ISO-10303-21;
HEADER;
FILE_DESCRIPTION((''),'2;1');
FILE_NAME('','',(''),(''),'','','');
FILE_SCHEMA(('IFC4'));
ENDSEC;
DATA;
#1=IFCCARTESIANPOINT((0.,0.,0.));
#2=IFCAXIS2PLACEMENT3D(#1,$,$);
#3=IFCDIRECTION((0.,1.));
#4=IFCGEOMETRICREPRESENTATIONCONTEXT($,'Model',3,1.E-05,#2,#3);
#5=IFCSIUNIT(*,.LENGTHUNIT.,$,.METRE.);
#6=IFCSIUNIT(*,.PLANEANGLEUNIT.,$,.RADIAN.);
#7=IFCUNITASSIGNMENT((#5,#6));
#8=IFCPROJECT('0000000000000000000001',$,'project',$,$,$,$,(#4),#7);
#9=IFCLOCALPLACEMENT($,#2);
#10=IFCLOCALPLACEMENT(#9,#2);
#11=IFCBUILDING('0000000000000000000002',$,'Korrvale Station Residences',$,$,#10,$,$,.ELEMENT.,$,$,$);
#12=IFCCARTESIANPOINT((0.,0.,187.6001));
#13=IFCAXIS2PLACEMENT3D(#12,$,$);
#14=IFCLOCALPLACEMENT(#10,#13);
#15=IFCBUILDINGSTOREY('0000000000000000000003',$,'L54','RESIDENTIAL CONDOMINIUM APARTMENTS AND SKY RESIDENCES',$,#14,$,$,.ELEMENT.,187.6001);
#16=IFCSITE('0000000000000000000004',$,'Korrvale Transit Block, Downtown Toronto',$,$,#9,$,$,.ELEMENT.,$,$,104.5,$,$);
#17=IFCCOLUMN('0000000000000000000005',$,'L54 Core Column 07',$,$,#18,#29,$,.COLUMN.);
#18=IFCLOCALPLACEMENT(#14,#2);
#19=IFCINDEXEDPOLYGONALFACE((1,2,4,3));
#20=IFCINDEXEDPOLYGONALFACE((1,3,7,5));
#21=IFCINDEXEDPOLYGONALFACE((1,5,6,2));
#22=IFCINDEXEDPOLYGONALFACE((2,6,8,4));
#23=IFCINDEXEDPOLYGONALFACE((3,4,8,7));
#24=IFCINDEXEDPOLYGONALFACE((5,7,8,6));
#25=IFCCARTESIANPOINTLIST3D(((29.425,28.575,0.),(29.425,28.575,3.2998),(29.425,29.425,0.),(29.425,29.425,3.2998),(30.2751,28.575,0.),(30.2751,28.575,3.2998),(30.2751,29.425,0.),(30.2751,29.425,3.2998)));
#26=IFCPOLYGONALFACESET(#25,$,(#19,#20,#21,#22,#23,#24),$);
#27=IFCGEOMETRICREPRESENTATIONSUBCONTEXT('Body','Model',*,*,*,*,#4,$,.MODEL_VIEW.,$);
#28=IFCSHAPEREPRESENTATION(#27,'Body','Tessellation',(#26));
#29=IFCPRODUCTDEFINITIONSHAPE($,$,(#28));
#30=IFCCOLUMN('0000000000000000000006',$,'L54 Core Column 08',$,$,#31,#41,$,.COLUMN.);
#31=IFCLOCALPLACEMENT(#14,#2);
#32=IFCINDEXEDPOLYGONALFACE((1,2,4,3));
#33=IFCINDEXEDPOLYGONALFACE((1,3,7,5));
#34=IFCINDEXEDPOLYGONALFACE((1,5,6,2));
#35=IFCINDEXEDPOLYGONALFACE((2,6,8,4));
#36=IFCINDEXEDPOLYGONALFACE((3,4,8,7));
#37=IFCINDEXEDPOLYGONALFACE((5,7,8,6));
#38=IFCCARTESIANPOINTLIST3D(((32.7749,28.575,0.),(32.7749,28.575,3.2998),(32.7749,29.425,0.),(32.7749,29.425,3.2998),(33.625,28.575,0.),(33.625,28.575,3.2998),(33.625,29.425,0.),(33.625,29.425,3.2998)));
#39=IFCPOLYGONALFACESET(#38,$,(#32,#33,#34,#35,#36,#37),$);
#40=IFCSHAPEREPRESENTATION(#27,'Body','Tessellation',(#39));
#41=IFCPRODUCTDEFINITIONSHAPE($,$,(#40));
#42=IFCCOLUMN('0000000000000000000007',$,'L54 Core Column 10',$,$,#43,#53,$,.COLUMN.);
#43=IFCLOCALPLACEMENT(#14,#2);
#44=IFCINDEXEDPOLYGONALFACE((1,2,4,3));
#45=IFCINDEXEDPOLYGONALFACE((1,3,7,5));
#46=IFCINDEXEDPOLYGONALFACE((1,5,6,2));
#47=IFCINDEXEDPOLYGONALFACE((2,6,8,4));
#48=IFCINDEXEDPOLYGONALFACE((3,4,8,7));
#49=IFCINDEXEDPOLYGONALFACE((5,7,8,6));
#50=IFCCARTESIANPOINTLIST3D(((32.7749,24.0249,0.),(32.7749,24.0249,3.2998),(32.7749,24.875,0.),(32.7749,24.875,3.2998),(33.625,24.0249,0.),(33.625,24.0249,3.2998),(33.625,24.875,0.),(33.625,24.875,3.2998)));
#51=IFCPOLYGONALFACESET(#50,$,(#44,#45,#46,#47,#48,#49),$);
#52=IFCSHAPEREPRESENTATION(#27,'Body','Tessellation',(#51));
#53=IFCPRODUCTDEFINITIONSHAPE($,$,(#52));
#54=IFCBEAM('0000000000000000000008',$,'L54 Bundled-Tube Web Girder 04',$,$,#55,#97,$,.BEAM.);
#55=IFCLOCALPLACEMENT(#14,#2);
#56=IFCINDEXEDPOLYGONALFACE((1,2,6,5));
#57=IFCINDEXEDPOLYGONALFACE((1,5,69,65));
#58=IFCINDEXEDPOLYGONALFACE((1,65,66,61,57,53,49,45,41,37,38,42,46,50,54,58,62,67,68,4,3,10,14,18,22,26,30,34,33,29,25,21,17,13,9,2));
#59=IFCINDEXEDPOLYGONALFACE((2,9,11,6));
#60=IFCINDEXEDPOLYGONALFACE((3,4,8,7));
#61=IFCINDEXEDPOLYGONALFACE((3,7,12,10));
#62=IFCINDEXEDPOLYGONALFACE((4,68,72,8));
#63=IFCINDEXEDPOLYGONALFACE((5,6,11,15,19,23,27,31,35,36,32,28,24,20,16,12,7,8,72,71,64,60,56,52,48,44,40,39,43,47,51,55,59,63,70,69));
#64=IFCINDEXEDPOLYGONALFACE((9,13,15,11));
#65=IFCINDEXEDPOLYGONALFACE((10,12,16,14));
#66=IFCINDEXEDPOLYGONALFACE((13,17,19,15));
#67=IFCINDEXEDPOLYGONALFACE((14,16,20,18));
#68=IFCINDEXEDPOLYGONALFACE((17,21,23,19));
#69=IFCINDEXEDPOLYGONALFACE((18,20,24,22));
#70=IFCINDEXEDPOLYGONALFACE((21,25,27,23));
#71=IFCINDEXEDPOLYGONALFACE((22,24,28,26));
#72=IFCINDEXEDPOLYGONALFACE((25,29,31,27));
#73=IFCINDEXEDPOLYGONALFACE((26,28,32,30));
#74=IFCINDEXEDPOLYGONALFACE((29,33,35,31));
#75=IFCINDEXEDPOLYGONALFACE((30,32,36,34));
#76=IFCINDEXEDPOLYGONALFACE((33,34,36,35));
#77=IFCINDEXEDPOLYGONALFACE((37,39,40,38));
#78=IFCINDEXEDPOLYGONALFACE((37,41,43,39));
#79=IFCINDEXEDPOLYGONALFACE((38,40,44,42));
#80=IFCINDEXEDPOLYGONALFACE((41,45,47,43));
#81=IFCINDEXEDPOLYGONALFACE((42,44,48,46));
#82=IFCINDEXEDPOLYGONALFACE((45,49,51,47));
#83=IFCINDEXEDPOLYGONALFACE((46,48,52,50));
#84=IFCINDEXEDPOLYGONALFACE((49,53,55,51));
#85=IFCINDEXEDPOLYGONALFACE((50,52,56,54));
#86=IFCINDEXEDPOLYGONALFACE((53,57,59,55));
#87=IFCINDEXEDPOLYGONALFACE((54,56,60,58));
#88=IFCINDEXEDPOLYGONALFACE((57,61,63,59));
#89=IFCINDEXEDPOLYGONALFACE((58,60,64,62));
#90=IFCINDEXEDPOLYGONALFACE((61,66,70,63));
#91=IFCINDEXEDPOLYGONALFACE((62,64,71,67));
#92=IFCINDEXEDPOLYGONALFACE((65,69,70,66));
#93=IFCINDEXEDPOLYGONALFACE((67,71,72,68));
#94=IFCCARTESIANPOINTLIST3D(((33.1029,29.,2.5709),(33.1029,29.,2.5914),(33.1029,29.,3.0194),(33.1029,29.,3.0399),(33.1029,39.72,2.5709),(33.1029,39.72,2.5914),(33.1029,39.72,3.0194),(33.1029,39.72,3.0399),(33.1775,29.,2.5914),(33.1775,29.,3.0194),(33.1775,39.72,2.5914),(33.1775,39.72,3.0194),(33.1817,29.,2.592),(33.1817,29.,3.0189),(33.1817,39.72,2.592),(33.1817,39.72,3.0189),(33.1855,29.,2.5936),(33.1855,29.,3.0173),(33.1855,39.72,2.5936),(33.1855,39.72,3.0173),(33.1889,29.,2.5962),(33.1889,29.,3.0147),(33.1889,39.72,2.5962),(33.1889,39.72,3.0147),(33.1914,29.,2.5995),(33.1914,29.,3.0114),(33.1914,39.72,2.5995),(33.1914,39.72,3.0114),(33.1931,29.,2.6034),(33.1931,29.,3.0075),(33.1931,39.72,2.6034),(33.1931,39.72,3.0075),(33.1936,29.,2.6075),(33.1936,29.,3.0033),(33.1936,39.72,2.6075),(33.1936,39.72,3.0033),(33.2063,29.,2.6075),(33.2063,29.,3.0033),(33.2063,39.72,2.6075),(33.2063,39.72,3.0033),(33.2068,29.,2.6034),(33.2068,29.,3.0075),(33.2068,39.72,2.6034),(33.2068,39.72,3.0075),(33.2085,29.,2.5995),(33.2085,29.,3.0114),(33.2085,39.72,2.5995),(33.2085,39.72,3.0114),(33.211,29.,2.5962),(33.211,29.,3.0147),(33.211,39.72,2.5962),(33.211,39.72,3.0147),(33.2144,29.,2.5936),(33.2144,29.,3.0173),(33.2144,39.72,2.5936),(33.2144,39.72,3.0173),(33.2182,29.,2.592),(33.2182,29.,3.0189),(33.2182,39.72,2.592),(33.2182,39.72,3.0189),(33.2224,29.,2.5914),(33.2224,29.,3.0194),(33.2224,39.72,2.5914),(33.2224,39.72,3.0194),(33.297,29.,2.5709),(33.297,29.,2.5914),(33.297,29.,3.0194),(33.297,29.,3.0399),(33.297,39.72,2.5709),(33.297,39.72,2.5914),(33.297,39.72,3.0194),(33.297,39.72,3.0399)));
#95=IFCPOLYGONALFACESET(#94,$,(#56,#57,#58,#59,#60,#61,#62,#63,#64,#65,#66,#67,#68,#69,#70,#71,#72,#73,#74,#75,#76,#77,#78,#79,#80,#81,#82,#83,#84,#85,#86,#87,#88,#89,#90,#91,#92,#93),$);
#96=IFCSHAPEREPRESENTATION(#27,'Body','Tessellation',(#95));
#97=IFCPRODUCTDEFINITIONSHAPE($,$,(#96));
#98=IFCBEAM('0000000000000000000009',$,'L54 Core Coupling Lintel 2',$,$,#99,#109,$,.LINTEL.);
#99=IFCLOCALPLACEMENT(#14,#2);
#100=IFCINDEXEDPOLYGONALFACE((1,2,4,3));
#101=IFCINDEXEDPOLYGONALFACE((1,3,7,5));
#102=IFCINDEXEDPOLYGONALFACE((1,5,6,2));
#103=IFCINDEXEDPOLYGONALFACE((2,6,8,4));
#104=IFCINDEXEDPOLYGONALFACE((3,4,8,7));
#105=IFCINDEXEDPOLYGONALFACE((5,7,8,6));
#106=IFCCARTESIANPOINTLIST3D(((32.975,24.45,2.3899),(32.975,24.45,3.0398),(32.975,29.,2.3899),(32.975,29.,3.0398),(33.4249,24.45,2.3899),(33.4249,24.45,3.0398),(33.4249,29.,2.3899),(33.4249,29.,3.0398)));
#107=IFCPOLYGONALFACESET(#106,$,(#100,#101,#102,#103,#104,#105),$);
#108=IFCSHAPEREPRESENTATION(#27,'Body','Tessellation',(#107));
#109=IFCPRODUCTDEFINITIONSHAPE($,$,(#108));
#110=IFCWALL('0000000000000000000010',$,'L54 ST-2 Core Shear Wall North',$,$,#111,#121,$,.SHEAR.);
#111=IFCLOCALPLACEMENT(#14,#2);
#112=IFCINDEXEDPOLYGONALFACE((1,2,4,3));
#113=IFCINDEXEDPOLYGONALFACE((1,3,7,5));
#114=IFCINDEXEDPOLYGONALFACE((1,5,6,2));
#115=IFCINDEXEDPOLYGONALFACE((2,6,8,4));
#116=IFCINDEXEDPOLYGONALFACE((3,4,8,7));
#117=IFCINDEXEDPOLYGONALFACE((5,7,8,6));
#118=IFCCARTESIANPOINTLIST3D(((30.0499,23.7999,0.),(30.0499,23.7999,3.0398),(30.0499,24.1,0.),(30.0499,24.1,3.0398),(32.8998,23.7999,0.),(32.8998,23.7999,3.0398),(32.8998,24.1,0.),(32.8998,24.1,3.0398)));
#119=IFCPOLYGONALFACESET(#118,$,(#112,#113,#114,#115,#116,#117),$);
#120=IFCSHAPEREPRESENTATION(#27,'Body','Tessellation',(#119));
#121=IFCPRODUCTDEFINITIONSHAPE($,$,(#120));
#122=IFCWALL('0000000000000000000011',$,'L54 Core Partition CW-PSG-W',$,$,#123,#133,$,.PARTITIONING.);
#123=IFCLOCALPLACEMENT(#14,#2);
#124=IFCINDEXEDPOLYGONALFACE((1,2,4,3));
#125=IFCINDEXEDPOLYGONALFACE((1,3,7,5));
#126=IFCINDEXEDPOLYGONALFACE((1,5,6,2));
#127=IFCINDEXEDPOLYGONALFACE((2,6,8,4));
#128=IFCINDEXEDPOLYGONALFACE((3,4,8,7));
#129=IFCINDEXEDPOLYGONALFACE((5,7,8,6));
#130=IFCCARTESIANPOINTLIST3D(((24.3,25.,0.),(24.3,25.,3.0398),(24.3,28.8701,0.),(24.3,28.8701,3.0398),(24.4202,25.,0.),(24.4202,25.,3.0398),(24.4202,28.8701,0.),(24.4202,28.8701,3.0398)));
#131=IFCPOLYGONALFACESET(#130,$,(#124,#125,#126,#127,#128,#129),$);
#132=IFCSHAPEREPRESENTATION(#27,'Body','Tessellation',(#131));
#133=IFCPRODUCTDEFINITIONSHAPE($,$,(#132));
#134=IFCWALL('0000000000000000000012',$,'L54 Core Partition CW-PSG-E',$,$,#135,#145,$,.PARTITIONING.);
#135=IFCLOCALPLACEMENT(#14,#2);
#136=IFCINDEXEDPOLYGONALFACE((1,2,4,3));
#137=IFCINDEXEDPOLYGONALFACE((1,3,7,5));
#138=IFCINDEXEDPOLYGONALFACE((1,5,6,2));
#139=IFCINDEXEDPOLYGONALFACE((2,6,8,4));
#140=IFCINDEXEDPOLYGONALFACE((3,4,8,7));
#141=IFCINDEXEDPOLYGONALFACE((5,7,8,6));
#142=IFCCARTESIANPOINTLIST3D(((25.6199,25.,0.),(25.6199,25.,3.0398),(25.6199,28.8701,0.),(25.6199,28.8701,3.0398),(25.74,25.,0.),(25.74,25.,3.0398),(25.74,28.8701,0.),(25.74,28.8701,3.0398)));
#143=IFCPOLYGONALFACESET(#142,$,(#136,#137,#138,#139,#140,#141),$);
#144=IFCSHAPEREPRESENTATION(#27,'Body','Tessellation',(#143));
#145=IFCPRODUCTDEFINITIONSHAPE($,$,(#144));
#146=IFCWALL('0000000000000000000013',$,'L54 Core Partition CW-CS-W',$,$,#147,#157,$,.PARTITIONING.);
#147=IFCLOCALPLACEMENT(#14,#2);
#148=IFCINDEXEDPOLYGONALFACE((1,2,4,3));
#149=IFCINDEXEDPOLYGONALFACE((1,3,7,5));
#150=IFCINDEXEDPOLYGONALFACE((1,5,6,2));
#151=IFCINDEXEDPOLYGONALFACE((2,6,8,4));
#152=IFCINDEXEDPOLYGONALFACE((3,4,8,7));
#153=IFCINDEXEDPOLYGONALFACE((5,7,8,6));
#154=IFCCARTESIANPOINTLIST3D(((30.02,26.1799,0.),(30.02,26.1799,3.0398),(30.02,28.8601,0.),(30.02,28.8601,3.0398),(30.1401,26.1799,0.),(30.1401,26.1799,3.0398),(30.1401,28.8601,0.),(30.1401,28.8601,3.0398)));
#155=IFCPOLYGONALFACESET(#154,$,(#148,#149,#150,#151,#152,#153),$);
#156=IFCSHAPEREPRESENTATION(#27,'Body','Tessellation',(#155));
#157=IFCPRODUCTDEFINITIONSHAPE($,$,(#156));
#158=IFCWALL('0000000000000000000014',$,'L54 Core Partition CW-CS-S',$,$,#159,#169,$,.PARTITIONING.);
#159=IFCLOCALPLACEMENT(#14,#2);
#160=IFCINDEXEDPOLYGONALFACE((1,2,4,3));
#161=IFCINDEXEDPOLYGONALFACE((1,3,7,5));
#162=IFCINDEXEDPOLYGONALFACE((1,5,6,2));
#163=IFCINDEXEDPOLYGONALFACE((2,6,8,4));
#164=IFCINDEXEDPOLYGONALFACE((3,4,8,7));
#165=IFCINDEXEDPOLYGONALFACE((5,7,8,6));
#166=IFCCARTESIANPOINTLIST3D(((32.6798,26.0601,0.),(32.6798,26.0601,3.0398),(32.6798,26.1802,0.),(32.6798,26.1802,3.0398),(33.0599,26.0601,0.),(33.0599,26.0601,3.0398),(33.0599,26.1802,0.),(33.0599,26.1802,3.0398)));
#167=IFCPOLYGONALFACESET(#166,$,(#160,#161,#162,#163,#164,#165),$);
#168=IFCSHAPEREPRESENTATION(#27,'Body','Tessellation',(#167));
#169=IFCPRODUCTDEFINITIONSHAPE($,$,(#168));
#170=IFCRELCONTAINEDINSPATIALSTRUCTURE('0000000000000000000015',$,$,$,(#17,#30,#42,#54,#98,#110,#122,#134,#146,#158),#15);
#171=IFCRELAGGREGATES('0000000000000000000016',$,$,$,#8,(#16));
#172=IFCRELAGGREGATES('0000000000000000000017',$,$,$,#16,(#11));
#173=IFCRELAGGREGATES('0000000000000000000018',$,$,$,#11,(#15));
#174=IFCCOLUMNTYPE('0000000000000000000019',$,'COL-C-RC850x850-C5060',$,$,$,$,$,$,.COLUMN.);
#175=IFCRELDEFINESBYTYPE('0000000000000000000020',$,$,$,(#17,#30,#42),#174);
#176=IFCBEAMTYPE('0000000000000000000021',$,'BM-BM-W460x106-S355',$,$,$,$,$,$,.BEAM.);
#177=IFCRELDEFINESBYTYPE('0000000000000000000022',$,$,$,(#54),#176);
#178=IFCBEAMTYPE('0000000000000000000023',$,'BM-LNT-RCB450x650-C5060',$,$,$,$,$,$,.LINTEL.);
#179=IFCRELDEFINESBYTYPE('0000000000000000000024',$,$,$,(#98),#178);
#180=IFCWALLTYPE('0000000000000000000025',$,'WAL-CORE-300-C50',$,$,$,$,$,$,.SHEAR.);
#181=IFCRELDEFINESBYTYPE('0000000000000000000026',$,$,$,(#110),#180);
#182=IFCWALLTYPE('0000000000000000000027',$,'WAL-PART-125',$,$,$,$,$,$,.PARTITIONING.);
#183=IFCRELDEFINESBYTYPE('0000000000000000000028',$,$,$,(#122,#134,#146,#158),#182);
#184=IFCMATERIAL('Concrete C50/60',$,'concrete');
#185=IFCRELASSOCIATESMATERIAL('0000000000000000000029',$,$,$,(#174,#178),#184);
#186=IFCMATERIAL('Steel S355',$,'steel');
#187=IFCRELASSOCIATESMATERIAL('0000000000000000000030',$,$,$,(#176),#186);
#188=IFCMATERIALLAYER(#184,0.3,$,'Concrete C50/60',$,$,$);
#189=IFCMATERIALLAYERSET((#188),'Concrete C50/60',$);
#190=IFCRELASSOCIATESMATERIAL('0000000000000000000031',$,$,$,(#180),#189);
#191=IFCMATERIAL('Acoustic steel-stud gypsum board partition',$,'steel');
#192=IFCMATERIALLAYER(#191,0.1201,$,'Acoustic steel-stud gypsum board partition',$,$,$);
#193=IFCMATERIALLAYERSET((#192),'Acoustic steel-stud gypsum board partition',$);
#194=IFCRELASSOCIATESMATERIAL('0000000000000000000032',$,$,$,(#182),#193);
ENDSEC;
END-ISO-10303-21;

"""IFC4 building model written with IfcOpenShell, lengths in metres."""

from ifc_helpers import new_model, si_unit, direction, frame, frame_2d, origin, origin_2d, place, context, subcontext, project, spatial, rectangle, i_section, extrude, material, layer, layer_set, material_profile, profile_set, type_object, element, save


model = new_model("IFC4")

# Units and contexts
model_context = context("Model", 3, precision=1e-05, world=origin(), true_north=direction((0.0, 1.0)))
body_context = subcontext(model_context, "Body", "Model", "MODEL_VIEW")
ifc_project = project(units=[si_unit("LENGTHUNIT", "METRE"), si_unit("PLANEANGLEUNIT", "RADIAN")], contexts=[model_context])

# Site, building, storey
site_placement = place(None, origin())
site = spatial("IfcSite", under=ifc_project, at=site_placement, Name="Korrvale Transit Block, Downtown Toronto", CompositionType="ELEMENT", RefElevation=104.5)
building_placement = place(site_placement, origin())
building = spatial("IfcBuilding", under=site, at=building_placement, Name="Korrvale Station Residences", CompositionType="ELEMENT")
storey_placement = place(building_placement, frame((0.0, 0.0, 187.6001)))
storey = spatial("IfcBuildingStorey", under=building, at=storey_placement, Name="L54", Description="RESIDENTIAL CONDOMINIUM APARTMENTS AND SKY RESIDENCES", CompositionType="ELEMENT", Elevation=187.6001)

# Columns
ifc_material_1 = material(Name="Concrete C50/60", Category="concrete")
ifc_material_profile_1 = material_profile(ifc_material_1, rectangle(XDim=0.8501, YDim=0.8501, at=origin_2d()), Name="RC850x850")
ifc_profile_set_1 = profile_set([ifc_material_profile_1], Name="Concrete C50/60")
column_type = type_object("IfcColumnType", Name="COL-C-RC850x850-C5060", PredefinedType="COLUMN", material=ifc_profile_set_1)
for number, where, z_axis, x_axis, name in (
    (1, (29.8501, 29.0, 0.0), (0.0, 0.0, 1.0), (1.0, 0.0, 0.0), "L54 Core Column 07"),
    (2, (33.2, 29.0, 0.0), (0.0, 0.0, 1.0), (1.0, 0.0, 0.0), "L54 Core Column 08"),
    (3, (33.2, 24.45, 0.0), (0.0, 0.0, 1.0), (1.0, 0.0, 0.0), "L54 Core Column 10"),
):
    element("IfcColumn", number, at=place(storey_placement, frame(where, z_axis=z_axis, x_axis=x_axis)), inside=storey, type_object=column_type, Name=name, PredefinedType="COLUMN", context=body_context, shape_type="SweptSolid", body=[
        extrude(rectangle(XDim=0.8501, YDim=0.8501, at=origin_2d()), origin(), (0.0, 0.0, 1.0), 3.2998),
    ])

# Beams
ifc_material_2 = material(Name="Steel S355", Category="steel")
ifc_material_profile_2 = material_profile(ifc_material_2, i_section(OverallWidth=0.1941, OverallDepth=0.469, WebThickness=0.0127, FlangeThickness=0.0205, FilletRadius=0.0161, at=origin_2d()), Name="W460x106")
ifc_profile_set_2 = profile_set([ifc_material_profile_2], Name="Steel S355")
beam_type_1 = type_object("IfcBeamType", Name="BM-BM-W460x106-S355", PredefinedType="BEAM", material=ifc_profile_set_2)
beam_1_placement = place(storey_placement, frame((33.2, 29.0, 2.8054), z_axis=(0.0, 1.0, 0.0), x_axis=(-1.0, 0.0, 0.0)))
element("IfcBeam", 4, at=beam_1_placement, inside=storey, type_object=beam_type_1, Name="L54 Bundled-Tube Web Girder 04", PredefinedType="BEAM", context=body_context, shape_type="SweptSolid", body=[
    extrude(i_section(OverallWidth=0.1941, OverallDepth=0.469, WebThickness=0.0127, FlangeThickness=0.0205, FilletRadius=0.0161, at=origin_2d()), origin(), (0.0, 0.0, 1.0), 10.72),
])
ifc_material_profile_3 = material_profile(ifc_material_1, rectangle(XDim=0.45, YDim=0.6499, at=origin_2d()), Name="RCB450x650")
ifc_profile_set_3 = profile_set([ifc_material_profile_3], Name="Concrete C50/60")
beam_type_2 = type_object("IfcBeamType", Name="BM-LNT-RCB450x650-C5060", PredefinedType="LINTEL", material=ifc_profile_set_3)
beam_2_placement = place(storey_placement, frame((33.2, 24.45, 2.7148), z_axis=(0.0, 1.0, 0.0), x_axis=(-1.0, 0.0, 0.0)))
element("IfcBeam", 5, at=beam_2_placement, inside=storey, type_object=beam_type_2, Name="L54 Core Coupling Lintel 2", PredefinedType="LINTEL", context=body_context, shape_type="SweptSolid", body=[
    extrude(rectangle(XDim=0.45, YDim=0.6499, at=origin_2d()), origin(), (0.0, 0.0, 1.0), 4.55),
])

# Walls
ifc_layer_1 = layer(ifc_material_1, 0.3, Name="Concrete C50/60")
ifc_layer_set_1 = layer_set([ifc_layer_1], Name="Concrete C50/60")
wall_type_1 = type_object("IfcWallType", Name="WAL-CORE-300-C50", PredefinedType="SHEAR", material=ifc_layer_set_1)
wall_1_placement = place(storey_placement, frame((30.05, 23.95, 0.0), z_axis=(0.0, 0.0, 1.0), x_axis=(1.0, 0.0, 0.0)))
element("IfcWall", 6, at=wall_1_placement, inside=storey, type_object=wall_type_1, Name="L54 ST-2 Core Shear Wall North", PredefinedType="SHEAR", context=body_context, shape_type="SweptSolid", body=[
    extrude(rectangle(XDim=2.8499, YDim=0.3, at=frame_2d((1.4248, 0.0))), origin(), (0.0, 0.0, 1.0), 3.0398),
])
ifc_material_3 = material(Name="Acoustic steel-stud gypsum board partition", Category="steel")
ifc_layer_2 = layer(ifc_material_3, 0.1201, Name="Acoustic steel-stud gypsum board partition")
ifc_layer_set_2 = layer_set([ifc_layer_2], Name="Acoustic steel-stud gypsum board partition")
wall_type_2 = type_object("IfcWallType", Name="WAL-PART-125", PredefinedType="PARTITIONING", material=ifc_layer_set_2)
for number, where, z_axis, x_axis, name in (
    (7, (24.3601, 25.0, 0.0), (0.0, 0.0, 1.0), (0.0, 1.0, 0.0), "L54 Core Partition CW-PSG-W"),
    (8, (25.6799, 25.0, 0.0), (0.0, 0.0, 1.0), (0.0, 1.0, 0.0), "L54 Core Partition CW-PSG-E"),
):
    element("IfcWall", number, at=place(storey_placement, frame(where, z_axis=z_axis, x_axis=x_axis)), inside=storey, type_object=wall_type_2, Name=name, PredefinedType="PARTITIONING", context=body_context, shape_type="SweptSolid", body=[
        extrude(rectangle(XDim=3.8701, YDim=0.1201, at=frame_2d((1.9351, 0.0))), origin(), (0.0, 0.0, 1.0), 3.0398),
    ])
wall_2_placement = place(storey_placement, frame((30.0801, 26.1799, 0.0), z_axis=(0.0, 0.0, 1.0), x_axis=(0.0, 1.0, 0.0)))
element("IfcWall", 9, at=wall_2_placement, inside=storey, type_object=wall_type_2, Name="L54 Core Partition CW-CS-W", PredefinedType="PARTITIONING", context=body_context, shape_type="SweptSolid", body=[
    extrude(rectangle(XDim=2.6802, YDim=0.1201, at=frame_2d((1.3401, 0.0))), origin(), (0.0, 0.0, 1.0), 3.0398),
])
wall_3_placement = place(storey_placement, frame((32.6799, 26.1201, 0.0), z_axis=(0.0, 0.0, 1.0), x_axis=(1.0, 0.0, 0.0)))
element("IfcWall", 10, at=wall_3_placement, inside=storey, type_object=wall_type_2, Name="L54 Core Partition CW-CS-S", PredefinedType="PARTITIONING", context=body_context, shape_type="SweptSolid", body=[
    extrude(rectangle(XDim=0.3801, YDim=0.1201, at=frame_2d((0.1899, 0.0))), origin(), (0.0, 0.0, 1.0), 3.0398),
])

save(model, "model.ifc")
